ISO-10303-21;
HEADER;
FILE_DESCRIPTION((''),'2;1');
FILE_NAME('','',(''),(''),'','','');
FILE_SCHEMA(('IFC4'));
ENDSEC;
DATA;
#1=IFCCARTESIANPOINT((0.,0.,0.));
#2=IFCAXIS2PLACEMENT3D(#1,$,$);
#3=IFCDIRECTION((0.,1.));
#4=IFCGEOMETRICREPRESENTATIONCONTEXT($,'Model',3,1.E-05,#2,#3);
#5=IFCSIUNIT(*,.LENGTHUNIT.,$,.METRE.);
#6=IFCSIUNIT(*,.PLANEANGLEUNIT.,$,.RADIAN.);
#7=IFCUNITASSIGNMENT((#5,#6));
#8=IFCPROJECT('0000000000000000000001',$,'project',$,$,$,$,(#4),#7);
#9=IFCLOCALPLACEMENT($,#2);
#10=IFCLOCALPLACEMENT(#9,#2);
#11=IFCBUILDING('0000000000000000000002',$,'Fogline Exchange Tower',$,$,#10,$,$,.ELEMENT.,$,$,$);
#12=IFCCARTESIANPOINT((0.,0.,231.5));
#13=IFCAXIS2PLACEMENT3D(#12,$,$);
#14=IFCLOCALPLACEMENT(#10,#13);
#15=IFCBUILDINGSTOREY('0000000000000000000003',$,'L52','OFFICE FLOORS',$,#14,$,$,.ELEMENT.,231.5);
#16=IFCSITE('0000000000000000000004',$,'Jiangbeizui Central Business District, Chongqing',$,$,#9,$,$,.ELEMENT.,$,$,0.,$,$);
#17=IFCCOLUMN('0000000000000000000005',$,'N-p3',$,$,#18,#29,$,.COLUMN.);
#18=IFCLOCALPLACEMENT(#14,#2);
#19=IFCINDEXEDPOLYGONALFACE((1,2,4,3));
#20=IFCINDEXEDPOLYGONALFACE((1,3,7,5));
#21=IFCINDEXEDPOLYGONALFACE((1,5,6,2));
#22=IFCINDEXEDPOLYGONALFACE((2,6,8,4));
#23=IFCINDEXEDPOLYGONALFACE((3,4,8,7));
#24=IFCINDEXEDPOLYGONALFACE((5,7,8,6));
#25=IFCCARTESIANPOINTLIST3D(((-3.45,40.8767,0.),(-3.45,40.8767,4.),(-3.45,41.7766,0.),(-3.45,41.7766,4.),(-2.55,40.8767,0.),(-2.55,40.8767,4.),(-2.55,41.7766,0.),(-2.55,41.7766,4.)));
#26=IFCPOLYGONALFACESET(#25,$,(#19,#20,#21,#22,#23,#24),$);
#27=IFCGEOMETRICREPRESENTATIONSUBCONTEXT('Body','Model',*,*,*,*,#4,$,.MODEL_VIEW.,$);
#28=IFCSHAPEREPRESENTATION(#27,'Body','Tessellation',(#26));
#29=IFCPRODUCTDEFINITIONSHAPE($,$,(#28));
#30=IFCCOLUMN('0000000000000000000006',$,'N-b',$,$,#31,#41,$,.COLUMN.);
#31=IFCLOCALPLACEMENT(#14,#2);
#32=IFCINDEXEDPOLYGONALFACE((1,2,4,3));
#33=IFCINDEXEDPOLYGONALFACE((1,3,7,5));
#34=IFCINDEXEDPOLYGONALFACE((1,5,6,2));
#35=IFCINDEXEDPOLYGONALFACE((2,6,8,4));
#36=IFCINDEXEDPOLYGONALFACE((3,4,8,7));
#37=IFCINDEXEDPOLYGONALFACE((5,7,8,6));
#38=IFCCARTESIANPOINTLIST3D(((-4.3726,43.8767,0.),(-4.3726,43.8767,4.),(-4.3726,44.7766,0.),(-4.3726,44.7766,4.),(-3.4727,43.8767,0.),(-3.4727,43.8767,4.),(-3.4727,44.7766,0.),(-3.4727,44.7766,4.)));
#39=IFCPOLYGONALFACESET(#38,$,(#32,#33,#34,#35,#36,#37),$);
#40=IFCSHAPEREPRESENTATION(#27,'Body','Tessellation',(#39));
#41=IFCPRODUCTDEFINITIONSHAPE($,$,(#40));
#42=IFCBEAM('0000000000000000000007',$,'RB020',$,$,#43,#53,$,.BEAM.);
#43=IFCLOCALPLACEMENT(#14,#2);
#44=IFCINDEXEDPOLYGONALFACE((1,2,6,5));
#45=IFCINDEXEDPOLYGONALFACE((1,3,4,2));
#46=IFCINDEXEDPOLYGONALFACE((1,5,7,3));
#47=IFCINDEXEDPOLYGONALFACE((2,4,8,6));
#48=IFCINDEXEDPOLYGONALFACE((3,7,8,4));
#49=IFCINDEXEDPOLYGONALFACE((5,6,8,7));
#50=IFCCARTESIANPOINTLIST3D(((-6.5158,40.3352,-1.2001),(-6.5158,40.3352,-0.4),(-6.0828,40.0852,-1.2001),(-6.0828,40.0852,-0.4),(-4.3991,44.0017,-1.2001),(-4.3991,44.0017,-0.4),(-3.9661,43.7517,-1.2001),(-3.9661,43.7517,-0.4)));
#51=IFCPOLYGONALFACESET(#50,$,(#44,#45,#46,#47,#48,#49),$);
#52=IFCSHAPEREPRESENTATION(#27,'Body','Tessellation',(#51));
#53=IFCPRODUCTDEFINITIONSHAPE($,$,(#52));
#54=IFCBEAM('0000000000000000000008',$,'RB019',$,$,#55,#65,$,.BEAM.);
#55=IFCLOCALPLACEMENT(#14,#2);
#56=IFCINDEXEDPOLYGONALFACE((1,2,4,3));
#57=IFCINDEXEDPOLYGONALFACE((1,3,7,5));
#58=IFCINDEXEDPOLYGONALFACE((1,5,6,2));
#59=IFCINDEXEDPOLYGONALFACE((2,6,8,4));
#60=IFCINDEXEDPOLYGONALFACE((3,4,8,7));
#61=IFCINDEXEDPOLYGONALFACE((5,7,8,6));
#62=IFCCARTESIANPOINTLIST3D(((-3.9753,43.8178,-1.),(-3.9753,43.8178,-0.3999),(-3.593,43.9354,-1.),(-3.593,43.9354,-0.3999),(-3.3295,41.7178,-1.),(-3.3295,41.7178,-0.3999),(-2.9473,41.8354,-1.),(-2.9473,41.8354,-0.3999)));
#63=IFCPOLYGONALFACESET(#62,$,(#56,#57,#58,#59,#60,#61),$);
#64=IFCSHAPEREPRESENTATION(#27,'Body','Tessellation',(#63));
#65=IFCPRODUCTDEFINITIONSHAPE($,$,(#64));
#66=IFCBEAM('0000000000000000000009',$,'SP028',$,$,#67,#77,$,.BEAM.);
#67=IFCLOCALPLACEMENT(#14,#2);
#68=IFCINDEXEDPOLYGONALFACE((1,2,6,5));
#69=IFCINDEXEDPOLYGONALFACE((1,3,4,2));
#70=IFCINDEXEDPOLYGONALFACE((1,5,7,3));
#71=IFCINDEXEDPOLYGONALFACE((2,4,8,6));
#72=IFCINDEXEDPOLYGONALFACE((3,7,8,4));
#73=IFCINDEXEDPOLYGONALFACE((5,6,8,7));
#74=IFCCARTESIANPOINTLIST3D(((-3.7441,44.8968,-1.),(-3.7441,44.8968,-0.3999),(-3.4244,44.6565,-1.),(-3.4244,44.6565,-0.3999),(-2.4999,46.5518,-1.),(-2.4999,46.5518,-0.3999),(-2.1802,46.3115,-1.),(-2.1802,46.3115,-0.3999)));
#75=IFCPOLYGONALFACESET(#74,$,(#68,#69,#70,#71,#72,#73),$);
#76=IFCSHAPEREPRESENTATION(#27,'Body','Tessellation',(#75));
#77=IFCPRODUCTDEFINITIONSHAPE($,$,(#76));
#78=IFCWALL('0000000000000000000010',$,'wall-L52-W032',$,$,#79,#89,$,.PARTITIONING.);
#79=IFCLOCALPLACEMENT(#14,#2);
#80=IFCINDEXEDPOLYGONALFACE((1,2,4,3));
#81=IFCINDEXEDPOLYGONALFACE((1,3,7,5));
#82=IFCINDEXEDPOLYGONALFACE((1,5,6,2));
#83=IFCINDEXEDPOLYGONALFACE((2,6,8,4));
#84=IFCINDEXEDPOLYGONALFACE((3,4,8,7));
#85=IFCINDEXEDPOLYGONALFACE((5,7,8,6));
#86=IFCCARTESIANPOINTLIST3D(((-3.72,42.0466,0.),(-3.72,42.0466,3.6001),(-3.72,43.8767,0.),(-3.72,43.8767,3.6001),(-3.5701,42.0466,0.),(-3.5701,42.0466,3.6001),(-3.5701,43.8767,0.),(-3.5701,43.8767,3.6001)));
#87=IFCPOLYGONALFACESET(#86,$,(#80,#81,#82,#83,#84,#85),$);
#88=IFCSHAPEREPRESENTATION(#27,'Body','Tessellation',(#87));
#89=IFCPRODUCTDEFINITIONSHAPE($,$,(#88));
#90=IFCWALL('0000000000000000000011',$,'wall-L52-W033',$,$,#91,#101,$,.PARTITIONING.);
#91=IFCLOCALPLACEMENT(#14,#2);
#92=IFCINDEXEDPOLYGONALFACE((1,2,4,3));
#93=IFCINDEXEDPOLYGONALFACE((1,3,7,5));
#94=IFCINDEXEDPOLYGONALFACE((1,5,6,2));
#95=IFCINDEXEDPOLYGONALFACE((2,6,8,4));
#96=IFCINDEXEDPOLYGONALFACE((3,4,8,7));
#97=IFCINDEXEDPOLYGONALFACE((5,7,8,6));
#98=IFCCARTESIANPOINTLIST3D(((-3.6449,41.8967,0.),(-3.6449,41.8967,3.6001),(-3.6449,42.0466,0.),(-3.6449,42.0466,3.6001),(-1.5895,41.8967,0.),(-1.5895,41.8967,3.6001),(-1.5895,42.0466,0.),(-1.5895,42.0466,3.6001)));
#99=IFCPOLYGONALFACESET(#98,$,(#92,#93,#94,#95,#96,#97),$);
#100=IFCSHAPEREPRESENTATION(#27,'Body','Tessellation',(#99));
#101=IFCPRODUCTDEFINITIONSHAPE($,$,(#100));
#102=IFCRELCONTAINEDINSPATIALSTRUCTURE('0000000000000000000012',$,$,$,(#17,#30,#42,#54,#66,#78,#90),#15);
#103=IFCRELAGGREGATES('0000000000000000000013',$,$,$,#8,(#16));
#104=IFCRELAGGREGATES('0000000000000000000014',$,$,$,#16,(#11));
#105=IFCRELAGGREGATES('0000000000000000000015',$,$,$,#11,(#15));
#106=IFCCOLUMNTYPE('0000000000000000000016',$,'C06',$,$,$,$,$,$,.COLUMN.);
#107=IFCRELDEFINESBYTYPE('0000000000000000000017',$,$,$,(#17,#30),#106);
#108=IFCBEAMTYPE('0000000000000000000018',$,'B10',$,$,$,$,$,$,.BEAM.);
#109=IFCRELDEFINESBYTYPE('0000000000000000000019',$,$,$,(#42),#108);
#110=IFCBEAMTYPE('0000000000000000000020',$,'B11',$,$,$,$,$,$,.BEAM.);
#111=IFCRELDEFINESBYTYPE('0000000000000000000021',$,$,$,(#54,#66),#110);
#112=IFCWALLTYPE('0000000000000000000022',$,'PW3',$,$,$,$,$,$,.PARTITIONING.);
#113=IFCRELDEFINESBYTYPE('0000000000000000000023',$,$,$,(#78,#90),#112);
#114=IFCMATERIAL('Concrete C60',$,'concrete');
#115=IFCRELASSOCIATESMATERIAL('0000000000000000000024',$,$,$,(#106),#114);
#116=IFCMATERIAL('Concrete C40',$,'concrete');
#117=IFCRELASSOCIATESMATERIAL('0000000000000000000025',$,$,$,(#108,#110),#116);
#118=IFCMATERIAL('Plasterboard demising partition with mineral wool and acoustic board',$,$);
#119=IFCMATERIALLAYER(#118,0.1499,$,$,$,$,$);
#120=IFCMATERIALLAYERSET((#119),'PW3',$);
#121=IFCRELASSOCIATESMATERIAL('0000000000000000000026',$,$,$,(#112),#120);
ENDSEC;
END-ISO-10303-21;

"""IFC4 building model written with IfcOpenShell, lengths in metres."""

from ifc_helpers import new_model, si_unit, direction, frame, frame_2d, origin, origin_2d, place, context, subcontext, project, spatial, rectangle, extrude, material, layer, layer_set, material_profile, profile_set, type_object, element, save


model = new_model("IFC4")

# Units and contexts
model_context = context("Model", 3, precision=1e-05, world=origin(), true_north=direction((0.0, 1.0)))
body_context = subcontext(model_context, "Body", "Model", "MODEL_VIEW")
ifc_project = project(units=[si_unit("LENGTHUNIT", "METRE"), si_unit("PLANEANGLEUNIT", "RADIAN")], contexts=[model_context])

# Site, building, storey
site_placement = place(None, origin())
site = spatial("IfcSite", under=ifc_project, at=site_placement, Name="Jiangbeizui Central Business District, Chongqing", CompositionType="ELEMENT", RefElevation=0.0)
building_placement = place(site_placement, origin())
building = spatial("IfcBuilding", under=site, at=building_placement, Name="Fogline Exchange Tower", CompositionType="ELEMENT")
storey_placement = place(building_placement, frame((0.0, 0.0, 231.5)))
storey = spatial("IfcBuildingStorey", under=building, at=storey_placement, Name="L52", Description="OFFICE FLOORS", CompositionType="ELEMENT", Elevation=231.5)

# Columns
ifc_material_1 = material(Name="Concrete C60", Category="concrete")
ifc_material_profile_1 = material_profile(ifc_material_1, rectangle(XDim=0.8999, YDim=0.8999, at=origin_2d()), Name="RC 900x900")
ifc_profile_set_1 = profile_set([ifc_material_profile_1], Name="Concrete C60")
column_type = type_object("IfcColumnType", Name="C06", PredefinedType="COLUMN", material=ifc_profile_set_1)
for number, where, z_axis, x_axis, name in (
    (1, (-3.0, 41.3267, 0.0), (0.0, 0.0, 1.0), (1.0, 0.0, 0.0), "N-p3"),
    (2, (-3.9226, 44.3267, 0.0), (0.0, 0.0, 1.0), (1.0, 0.0, 0.0), "N-b"),
):
    element("IfcColumn", number, at=place(storey_placement, frame(where, z_axis=z_axis, x_axis=x_axis)), inside=storey, type_object=column_type, Name=name, PredefinedType="COLUMN", context=body_context, shape_type="SweptSolid", body=[
        extrude(rectangle(XDim=0.8999, YDim=0.8999, at=origin_2d()), origin(), (0.0, 0.0, 1.0), 4.0),
    ])

# Beams
ifc_material_2 = material(Name="Concrete C40", Category="concrete")
ifc_material_profile_2 = material_profile(ifc_material_2, rectangle(XDim=0.5, YDim=0.8, at=origin_2d()), Name="RC 500x800")
ifc_profile_set_2 = profile_set([ifc_material_profile_2], Name="Concrete C40")
beam_type_1 = type_object("IfcBeamType", Name="B10", PredefinedType="BEAM", material=ifc_profile_set_2)
beam_1_placement = place(storey_placement, frame((-4.1826, 43.8767, -0.8), z_axis=(-0.499972, -0.866042, 0.0), x_axis=(0.866042, -0.499972, 0.0)))
element("IfcBeam", 3, at=beam_1_placement, inside=storey, type_object=beam_type_1, Name="RB020", PredefinedType="BEAM", context=body_context, shape_type="SweptSolid", body=[
    extrude(rectangle(XDim=0.5, YDim=0.8, at=origin_2d()), origin(), (0.0, 0.0, 1.0), 4.2336),
])
ifc_material_profile_3 = material_profile(ifc_material_2, rectangle(XDim=0.3999, YDim=0.6001, at=origin_2d()), Name="RC 400x600")
ifc_profile_set_3 = profile_set([ifc_material_profile_3], Name="Concrete C40")
beam_type_2 = type_object("IfcBeamType", Name="B11", PredefinedType="BEAM", material=ifc_profile_set_3)
beam_2_placement = place(storey_placement, frame((-3.1384, 41.7766, -0.7), z_axis=(-0.293906, 0.955834, 0.0), x_axis=(-0.955834, -0.293906, 0.0)))
element("IfcBeam", 4, at=beam_2_placement, inside=storey, type_object=beam_type_2, Name="RB019", PredefinedType="BEAM", context=body_context, shape_type="SweptSolid", body=[
    extrude(rectangle(XDim=0.3999, YDim=0.6001, at=origin_2d()), origin(), (0.0, 0.0, 1.0), 2.197),
])
beam_3_placement = place(storey_placement, frame((-3.5842, 44.7766, -0.7), z_axis=(0.600886, 0.799334, 0.0), x_axis=(-0.799334, 0.600886, 0.0)))
element("IfcBeam", 5, at=beam_3_placement, inside=storey, type_object=beam_type_2, Name="SP028", PredefinedType="BEAM", context=body_context, shape_type="SweptSolid", body=[
    extrude(rectangle(XDim=0.3999, YDim=0.6001, at=origin_2d()), origin(), (0.0, 0.0, 1.0), 2.0706),
])

# Walls
ifc_material_3 = material(Name="Plasterboard demising partition with mineral wool and acoustic board")
ifc_layer_1 = layer(ifc_material_3, 0.1499)
ifc_layer_set_1 = layer_set([ifc_layer_1], Name="PW3")
wall_type_1 = type_object("IfcWallType", Name="PW3", PredefinedType="PARTITIONING", material=ifc_layer_set_1)
wall_1_placement = place(storey_placement, frame((-3.645, 43.8767, 0.0), z_axis=(0.0, 0.0, 1.0), x_axis=(0.0, -1.0, 0.0)))
element("IfcWall", 6, at=wall_1_placement, inside=storey, type_object=wall_type_1, Name="wall-L52-W032", PredefinedType="PARTITIONING", context=body_context, shape_type="SweptSolid", body=[
    extrude(rectangle(XDim=1.8301, YDim=0.1499, at=frame_2d((0.915, 0.0))), origin(), (0.0, 0.0, 1.0), 3.6001),
])
wall_2_placement = place(storey_placement, frame((-3.645, 41.9717, 0.0), z_axis=(0.0, 0.0, 1.0), x_axis=(1.0, 0.0, 0.0)))
element("IfcWall", 7, at=wall_2_placement, inside=storey, type_object=wall_type_1, Name="wall-L52-W033", PredefinedType="PARTITIONING", context=body_context, shape_type="SweptSolid", body=[
    extrude(rectangle(XDim=2.0554, YDim=0.1499, at=frame_2d((1.0278, 0.0))), origin(), (0.0, 0.0, 1.0), 3.6001),
])

save(model, "model.ifc")
